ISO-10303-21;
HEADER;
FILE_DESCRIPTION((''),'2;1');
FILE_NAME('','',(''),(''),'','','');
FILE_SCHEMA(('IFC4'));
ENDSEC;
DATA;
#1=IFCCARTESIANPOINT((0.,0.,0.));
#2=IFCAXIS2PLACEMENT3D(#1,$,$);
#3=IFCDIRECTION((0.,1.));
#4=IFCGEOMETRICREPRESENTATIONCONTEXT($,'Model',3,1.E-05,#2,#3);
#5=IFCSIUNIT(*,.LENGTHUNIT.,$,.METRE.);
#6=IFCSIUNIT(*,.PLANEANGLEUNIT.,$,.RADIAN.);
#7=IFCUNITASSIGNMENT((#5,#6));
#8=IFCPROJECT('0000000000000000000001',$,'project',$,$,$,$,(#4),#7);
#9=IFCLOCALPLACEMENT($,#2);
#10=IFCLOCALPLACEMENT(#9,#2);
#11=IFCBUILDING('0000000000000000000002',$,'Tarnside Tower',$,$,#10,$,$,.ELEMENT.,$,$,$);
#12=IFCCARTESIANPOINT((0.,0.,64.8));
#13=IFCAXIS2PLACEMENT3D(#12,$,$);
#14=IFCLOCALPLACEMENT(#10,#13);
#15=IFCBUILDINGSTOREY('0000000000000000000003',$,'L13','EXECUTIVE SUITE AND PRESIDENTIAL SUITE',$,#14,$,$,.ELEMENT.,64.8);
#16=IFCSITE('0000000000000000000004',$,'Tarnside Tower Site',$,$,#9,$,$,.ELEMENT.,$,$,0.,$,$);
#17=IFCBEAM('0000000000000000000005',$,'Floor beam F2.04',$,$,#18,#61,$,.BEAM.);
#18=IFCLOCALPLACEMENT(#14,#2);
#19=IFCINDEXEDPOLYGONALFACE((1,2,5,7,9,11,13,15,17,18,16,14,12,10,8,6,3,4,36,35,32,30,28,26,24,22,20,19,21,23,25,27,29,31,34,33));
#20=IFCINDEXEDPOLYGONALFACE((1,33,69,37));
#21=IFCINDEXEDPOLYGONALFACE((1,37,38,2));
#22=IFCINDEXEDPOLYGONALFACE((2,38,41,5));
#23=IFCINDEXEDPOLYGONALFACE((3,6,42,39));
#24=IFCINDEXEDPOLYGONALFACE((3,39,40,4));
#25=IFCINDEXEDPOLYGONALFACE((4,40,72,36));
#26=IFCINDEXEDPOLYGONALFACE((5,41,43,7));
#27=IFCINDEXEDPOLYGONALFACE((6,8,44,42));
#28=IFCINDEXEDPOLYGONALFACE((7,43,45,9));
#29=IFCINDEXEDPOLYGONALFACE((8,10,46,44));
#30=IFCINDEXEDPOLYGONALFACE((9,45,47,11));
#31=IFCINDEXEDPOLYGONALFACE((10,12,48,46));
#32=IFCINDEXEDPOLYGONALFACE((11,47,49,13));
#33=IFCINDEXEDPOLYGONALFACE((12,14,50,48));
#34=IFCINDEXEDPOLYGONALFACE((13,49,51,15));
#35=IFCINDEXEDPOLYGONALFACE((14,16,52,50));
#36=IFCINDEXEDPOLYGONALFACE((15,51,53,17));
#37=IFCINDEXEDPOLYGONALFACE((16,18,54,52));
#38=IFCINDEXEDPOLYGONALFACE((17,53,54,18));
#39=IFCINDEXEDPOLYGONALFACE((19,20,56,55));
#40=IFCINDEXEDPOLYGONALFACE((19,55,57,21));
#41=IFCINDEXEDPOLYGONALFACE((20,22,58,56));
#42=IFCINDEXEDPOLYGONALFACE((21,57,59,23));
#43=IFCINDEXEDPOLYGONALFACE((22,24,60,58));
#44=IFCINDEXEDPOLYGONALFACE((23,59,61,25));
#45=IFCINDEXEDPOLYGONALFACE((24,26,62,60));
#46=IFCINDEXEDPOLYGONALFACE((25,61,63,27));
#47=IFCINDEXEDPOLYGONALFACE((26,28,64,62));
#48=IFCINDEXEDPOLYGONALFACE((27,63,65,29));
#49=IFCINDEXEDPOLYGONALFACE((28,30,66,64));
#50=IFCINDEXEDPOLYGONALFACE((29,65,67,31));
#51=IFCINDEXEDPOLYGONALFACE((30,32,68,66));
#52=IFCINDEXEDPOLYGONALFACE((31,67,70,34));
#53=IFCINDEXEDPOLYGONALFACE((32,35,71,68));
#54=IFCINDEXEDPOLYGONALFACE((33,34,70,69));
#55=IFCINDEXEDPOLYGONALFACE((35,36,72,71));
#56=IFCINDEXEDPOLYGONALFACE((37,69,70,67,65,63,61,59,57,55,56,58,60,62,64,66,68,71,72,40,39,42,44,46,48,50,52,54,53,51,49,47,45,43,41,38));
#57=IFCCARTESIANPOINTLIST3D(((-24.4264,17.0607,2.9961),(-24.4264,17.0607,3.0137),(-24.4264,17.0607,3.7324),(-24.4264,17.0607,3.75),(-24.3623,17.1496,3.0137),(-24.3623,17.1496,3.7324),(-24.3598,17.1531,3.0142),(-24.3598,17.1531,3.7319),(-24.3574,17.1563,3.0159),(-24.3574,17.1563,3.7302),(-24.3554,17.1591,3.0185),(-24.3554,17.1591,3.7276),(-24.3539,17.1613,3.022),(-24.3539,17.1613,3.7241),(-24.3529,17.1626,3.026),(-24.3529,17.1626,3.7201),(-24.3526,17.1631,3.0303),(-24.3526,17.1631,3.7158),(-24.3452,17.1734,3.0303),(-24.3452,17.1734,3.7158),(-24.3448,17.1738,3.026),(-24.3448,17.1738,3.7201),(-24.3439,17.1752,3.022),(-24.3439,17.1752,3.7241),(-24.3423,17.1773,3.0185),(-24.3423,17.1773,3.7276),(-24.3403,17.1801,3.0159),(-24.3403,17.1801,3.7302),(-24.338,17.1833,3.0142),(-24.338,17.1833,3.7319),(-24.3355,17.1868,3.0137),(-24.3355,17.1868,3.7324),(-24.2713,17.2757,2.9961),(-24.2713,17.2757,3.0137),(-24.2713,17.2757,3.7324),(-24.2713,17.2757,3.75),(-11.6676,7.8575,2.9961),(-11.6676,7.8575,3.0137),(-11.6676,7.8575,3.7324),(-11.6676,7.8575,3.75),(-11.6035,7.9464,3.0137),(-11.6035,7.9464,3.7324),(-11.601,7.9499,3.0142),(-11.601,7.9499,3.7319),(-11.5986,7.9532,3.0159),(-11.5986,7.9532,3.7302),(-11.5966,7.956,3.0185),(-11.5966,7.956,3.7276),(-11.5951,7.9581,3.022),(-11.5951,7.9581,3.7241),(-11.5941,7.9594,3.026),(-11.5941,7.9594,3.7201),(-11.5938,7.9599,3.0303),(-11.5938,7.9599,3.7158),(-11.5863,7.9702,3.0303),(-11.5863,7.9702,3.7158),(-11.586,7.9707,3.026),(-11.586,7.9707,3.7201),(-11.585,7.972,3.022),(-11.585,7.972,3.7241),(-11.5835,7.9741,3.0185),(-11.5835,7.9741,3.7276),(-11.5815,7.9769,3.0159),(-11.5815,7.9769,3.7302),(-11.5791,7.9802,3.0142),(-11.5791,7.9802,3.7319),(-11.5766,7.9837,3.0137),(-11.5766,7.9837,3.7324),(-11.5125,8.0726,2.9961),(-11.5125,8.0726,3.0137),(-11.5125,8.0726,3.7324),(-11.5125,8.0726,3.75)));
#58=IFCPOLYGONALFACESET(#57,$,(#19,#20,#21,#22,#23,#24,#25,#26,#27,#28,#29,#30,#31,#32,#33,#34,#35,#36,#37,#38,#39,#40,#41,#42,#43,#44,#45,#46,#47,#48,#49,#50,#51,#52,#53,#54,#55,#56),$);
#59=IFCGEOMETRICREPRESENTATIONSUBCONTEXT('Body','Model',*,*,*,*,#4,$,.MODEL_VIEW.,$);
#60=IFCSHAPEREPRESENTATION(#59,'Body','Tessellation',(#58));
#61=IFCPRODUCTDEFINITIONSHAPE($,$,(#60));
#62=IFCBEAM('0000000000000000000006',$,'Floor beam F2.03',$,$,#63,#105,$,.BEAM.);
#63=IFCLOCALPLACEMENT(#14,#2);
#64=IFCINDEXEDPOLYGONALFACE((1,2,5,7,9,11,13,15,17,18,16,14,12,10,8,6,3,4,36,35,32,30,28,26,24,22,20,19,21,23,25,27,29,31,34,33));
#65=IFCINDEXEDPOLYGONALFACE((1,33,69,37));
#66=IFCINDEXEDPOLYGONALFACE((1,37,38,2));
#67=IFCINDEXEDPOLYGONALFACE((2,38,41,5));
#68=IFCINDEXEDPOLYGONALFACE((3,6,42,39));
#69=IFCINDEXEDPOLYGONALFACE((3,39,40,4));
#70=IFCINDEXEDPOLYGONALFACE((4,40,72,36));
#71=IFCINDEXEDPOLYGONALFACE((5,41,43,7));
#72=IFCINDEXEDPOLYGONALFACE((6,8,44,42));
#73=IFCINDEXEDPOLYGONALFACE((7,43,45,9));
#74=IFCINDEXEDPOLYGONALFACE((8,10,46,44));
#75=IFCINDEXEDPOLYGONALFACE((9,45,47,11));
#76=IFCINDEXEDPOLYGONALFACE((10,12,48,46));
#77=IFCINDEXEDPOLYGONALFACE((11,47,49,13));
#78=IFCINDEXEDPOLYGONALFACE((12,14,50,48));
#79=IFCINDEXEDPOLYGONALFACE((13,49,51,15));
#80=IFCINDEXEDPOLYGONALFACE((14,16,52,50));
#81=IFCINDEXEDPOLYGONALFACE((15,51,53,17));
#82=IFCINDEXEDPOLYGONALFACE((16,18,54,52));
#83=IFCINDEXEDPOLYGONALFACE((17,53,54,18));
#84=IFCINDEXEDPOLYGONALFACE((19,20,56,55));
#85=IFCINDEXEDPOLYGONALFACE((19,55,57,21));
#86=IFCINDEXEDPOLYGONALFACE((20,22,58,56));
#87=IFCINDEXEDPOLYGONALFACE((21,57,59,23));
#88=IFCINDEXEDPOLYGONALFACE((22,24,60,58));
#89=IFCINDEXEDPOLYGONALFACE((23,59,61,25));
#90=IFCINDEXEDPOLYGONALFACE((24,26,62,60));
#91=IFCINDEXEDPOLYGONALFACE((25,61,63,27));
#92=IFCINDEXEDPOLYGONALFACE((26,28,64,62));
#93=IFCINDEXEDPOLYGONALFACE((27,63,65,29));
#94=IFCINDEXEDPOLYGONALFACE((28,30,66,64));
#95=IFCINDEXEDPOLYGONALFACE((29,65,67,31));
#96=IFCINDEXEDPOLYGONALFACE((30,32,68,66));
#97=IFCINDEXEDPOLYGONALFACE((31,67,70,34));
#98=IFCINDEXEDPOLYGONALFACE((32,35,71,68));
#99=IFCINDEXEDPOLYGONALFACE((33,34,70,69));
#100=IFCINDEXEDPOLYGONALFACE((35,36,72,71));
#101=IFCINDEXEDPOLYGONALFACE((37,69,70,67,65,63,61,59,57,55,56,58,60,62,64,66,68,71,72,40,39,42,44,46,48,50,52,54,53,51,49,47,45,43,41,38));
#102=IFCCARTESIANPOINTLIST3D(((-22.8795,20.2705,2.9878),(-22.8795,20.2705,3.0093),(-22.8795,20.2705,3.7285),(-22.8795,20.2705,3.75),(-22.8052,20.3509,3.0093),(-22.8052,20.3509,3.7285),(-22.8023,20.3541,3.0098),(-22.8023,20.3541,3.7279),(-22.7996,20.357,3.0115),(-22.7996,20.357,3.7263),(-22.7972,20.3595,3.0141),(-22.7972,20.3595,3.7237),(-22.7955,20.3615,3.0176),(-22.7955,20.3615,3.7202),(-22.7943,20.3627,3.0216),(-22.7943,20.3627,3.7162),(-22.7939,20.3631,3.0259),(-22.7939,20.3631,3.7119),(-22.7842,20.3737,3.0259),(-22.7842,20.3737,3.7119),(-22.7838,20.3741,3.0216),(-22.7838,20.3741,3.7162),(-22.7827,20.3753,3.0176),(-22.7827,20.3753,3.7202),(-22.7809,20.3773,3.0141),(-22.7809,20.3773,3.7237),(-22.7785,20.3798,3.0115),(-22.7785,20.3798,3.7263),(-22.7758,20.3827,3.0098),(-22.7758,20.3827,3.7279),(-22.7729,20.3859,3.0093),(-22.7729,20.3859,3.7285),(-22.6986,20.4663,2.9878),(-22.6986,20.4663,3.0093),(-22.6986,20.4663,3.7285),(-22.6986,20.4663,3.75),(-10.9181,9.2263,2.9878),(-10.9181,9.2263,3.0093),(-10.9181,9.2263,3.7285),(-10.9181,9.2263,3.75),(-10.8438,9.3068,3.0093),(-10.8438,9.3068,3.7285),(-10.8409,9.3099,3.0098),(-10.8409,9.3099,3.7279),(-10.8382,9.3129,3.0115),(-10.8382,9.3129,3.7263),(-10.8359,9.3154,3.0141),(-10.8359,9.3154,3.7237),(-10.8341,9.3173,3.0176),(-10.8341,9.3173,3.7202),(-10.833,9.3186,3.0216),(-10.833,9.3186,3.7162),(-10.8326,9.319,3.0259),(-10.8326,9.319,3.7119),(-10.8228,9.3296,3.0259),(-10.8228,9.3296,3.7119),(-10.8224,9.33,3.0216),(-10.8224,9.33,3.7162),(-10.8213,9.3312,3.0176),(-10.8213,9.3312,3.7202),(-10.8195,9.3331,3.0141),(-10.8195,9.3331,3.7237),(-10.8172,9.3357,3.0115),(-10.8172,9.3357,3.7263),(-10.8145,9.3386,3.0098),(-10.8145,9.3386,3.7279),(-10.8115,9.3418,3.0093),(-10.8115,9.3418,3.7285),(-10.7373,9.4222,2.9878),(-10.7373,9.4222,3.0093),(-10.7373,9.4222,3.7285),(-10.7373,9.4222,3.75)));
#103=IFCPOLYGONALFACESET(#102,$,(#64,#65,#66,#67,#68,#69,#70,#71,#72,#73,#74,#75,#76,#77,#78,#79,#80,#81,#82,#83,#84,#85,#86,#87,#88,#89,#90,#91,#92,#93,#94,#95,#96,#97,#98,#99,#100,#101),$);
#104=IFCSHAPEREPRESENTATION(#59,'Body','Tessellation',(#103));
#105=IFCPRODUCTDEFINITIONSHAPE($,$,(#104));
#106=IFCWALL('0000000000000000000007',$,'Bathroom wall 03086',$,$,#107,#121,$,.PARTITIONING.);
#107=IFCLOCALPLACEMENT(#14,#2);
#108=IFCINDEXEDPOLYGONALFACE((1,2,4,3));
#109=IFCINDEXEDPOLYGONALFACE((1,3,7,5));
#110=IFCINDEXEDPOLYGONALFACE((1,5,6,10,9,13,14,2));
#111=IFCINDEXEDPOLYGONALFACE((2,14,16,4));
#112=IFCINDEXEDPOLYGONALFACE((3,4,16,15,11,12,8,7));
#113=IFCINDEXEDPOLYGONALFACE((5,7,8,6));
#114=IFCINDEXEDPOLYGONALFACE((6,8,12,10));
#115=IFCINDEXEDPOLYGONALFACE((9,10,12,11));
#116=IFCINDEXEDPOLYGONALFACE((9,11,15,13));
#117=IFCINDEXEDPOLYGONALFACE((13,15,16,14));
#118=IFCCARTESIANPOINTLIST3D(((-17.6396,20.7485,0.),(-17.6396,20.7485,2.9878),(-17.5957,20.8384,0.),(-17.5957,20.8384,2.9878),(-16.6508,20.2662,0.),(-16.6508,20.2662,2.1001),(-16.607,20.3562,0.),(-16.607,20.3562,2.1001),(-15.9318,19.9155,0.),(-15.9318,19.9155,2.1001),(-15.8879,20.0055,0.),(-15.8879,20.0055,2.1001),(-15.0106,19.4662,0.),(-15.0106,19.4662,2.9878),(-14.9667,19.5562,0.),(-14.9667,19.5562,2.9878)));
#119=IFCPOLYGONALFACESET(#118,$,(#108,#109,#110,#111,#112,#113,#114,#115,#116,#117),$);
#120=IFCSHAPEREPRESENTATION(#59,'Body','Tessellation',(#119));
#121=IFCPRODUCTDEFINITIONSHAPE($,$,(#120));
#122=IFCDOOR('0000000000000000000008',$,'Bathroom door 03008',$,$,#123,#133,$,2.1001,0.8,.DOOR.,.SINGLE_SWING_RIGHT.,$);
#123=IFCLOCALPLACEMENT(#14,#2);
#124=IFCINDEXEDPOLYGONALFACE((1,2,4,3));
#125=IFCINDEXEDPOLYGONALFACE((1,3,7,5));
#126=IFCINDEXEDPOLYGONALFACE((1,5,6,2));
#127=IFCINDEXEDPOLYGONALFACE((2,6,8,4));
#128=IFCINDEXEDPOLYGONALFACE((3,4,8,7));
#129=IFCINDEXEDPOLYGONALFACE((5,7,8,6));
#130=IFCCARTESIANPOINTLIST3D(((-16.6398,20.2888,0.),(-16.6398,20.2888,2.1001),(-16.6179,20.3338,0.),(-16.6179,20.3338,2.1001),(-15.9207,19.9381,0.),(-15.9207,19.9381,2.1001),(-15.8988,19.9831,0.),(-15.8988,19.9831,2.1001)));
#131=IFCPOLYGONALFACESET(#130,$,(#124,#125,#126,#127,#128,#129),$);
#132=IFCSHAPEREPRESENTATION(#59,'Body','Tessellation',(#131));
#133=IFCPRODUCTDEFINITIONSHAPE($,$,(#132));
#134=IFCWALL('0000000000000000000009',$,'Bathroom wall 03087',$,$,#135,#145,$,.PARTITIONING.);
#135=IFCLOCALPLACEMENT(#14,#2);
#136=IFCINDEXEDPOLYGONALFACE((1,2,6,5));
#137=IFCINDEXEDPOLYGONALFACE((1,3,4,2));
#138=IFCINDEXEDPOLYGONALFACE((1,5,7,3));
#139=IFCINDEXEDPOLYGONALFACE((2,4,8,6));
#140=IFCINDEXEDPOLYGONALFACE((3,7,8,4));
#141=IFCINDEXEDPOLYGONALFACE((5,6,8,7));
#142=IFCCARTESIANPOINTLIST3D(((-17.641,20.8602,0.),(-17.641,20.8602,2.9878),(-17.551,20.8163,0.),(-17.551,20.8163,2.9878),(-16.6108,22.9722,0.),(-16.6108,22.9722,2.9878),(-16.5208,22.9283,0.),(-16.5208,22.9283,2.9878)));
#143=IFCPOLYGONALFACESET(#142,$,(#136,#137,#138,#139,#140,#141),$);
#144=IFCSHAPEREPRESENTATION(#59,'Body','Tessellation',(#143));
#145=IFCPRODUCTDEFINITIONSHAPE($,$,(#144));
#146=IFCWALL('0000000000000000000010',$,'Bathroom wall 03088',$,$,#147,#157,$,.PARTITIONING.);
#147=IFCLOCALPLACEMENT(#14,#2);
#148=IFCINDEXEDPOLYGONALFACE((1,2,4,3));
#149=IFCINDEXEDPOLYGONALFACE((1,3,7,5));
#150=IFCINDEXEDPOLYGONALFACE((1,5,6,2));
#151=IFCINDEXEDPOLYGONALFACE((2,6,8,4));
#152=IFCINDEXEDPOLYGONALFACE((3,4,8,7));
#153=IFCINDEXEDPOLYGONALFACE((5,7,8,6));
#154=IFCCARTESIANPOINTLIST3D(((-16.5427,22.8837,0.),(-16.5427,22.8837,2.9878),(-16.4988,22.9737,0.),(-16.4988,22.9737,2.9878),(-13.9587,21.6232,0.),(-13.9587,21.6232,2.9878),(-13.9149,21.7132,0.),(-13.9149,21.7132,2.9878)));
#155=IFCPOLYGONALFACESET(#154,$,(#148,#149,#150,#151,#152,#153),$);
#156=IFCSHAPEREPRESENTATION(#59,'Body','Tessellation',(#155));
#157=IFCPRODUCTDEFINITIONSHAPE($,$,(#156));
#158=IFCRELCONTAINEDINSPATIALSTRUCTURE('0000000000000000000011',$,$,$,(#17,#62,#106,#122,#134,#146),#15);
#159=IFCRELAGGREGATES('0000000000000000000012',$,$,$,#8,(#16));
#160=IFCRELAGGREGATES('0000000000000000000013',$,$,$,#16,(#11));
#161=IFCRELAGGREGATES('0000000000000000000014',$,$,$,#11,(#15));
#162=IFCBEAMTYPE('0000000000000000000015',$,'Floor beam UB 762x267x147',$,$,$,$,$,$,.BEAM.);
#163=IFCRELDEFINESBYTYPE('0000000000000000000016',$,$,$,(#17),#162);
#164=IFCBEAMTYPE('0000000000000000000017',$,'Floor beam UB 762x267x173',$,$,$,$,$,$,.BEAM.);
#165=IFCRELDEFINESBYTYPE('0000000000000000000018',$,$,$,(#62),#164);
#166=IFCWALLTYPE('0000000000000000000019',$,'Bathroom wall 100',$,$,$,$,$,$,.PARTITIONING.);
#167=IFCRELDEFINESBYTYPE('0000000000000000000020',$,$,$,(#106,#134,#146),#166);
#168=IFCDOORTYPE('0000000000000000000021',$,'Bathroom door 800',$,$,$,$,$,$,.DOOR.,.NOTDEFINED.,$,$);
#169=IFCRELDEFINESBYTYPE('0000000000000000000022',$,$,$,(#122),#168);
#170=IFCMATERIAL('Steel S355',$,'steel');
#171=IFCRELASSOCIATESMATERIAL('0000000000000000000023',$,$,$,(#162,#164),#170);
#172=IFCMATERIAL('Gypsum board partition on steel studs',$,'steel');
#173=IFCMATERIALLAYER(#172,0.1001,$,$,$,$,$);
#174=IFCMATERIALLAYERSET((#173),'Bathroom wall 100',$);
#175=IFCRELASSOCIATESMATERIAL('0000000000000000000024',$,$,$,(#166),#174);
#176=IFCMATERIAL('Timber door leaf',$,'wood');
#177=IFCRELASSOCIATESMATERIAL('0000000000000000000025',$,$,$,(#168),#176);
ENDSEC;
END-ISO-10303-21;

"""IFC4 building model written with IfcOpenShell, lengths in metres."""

from ifc_helpers import new_model, si_unit, direction, frame, frame_2d, origin, origin_2d, place, context, subcontext, project, spatial, rectangle, i_section, extrude, material, layer, layer_set, material_profile, profile_set, type_object, element, fill, save


model = new_model("IFC4")

# Units and contexts
model_context = context("Model", 3, precision=1e-05, world=origin(), true_north=direction((0.0, 1.0)))
body_context = subcontext(model_context, "Body", "Model", "MODEL_VIEW")
ifc_project = project(units=[si_unit("LENGTHUNIT", "METRE"), si_unit("PLANEANGLEUNIT", "RADIAN")], contexts=[model_context])

# Site, building, storey
site_placement = place(None, origin())
site = spatial("IfcSite", under=ifc_project, at=site_placement, Name="Tarnside Tower Site", CompositionType="ELEMENT", RefElevation=0.0)
building_placement = place(site_placement, origin())
building = spatial("IfcBuilding", under=site, at=building_placement, Name="Tarnside Tower", CompositionType="ELEMENT")
storey_placement = place(building_placement, frame((0.0, 0.0, 64.8)))
storey = spatial("IfcBuildingStorey", under=building, at=storey_placement, Name="L13", Description="EXECUTIVE SUITE AND PRESIDENTIAL SUITE", CompositionType="ELEMENT", Elevation=64.8)

# Beams
ifc_material_1 = material(Name="Steel S355", Category="steel")
ifc_material_profile_1 = material_profile(ifc_material_1, i_section(OverallWidth=0.2651, OverallDepth=0.7539, WebThickness=0.0127, FlangeThickness=0.0176, FilletRadius=0.0166, at=origin_2d()), Name="UB 762x267x147")
ifc_profile_set_1 = profile_set([ifc_material_profile_1], Name="Steel S355")
beam_type_1 = type_object("IfcBeamType", Name="Floor beam UB 762x267x147", PredefinedType="BEAM", material=ifc_profile_set_1)
beam_1_placement = place(storey_placement, frame((-24.3489, 17.1682, 3.373), z_axis=(0.811028, -0.585008, 0.0), x_axis=(0.585008, 0.811028, 0.0)))
element("IfcBeam", 1, at=beam_1_placement, inside=storey, type_object=beam_type_1, Name="Floor beam F2.04", PredefinedType="BEAM", context=body_context, shape_type="SweptSolid", body=[
    extrude(i_section(OverallWidth=0.2651, OverallDepth=0.7539, WebThickness=0.0127, FlangeThickness=0.0176, FilletRadius=0.0166, at=origin_2d()), origin(), (0.0, 0.0, 1.0), 15.7317),
])
ifc_material_profile_2 = material_profile(ifc_material_1, i_section(OverallWidth=0.2666, OverallDepth=0.7622, WebThickness=0.0144, FlangeThickness=0.0215, FilletRadius=0.0166, at=origin_2d()), Name="UB 762x267x173")
ifc_profile_set_2 = profile_set([ifc_material_profile_2], Name="Steel S355")
beam_type_2 = type_object("IfcBeamType", Name="Floor beam UB 762x267x173", PredefinedType="BEAM", material=ifc_profile_set_2)
beam_2_placement = place(storey_placement, frame((-22.7891, 20.3684, 3.3689), z_axis=(0.734715, -0.678375, 0.0), x_axis=(0.678375, 0.734715, 0.0)))
element("IfcBeam", 2, at=beam_2_placement, inside=storey, type_object=beam_type_2, Name="Floor beam F2.03", PredefinedType="BEAM", context=body_context, shape_type="SweptSolid", body=[
    extrude(i_section(OverallWidth=0.2666, OverallDepth=0.7622, WebThickness=0.0144, FlangeThickness=0.0215, FilletRadius=0.0166, at=origin_2d()), origin(), (0.0, 0.0, 1.0), 16.2803),
])

# Wall, opening, door
ifc_material_2 = material(Name="Gypsum board partition on steel studs", Category="steel")
ifc_layer_1 = layer(ifc_material_2, 0.1001)
ifc_layer_set_1 = layer_set([ifc_layer_1], Name="Bathroom wall 100")
wall_type_1 = type_object("IfcWallType", Name="Bathroom wall 100", PredefinedType="PARTITIONING", material=ifc_layer_set_1)
wall_1_placement = place(storey_placement, frame((-14.9888, 19.5112, 0.0), z_axis=(0.0, 0.0, 1.0), x_axis=(-0.898791, 0.438378, 0.0)))
wall_1 = element("IfcWall", 3, at=wall_1_placement, inside=storey, type_object=wall_type_1, Name="Bathroom wall 03086", PredefinedType="PARTITIONING", context=body_context, shape_type="SweptSolid", body=[
    extrude(rectangle(XDim=2.925, YDim=0.1001, at=frame_2d((1.4624, 0.0))), origin(), (0.0, 0.0, 1.0), 2.9878),
])
opening_1_placement = place(wall_1_placement, frame((1.0249, 0.0, 0.0)))
opening_1 = element("IfcOpeningElement", 4, at=opening_1_placement, cuts=wall_1, PredefinedType="OPENING", context=body_context, shape_type="SweptSolid", body=[
    extrude(rectangle(XDim=0.8, YDim=2.1001, at=frame_2d((0.3999, 1.05))), frame((0.0, 0.0601, 0.0), z_axis=(0.0, -1.0, 0.0), x_axis=(1.0, 0.0, 0.0)), (0.0, 0.0, 1.0), 0.1201),
])
ifc_material_3 = material(Name="Timber door leaf", Category="wood")
door_type_1 = type_object("IfcDoorType", Name="Bathroom door 800", OperationType="NOTDEFINED", PredefinedType="DOOR", material=ifc_material_3)
door_1_placement = place(opening_1_placement, origin())
door_1 = element("IfcDoor", 5, at=door_1_placement, inside=storey, type_object=door_type_1, Name="Bathroom door 03008", OperationType="SINGLE_SWING_RIGHT", OverallHeight=2.1001, OverallWidth=0.8, PredefinedType="DOOR", context=body_context, shape_type="SweptSolid", body=[
    extrude(rectangle(XDim=0.8, YDim=2.1001, at=frame_2d((0.3999, 1.05))), frame((0.0, 0.0249, 0.0), z_axis=(0.0, -1.0, 0.0), x_axis=(1.0, 0.0, 0.0)), (0.0, 0.0, 1.0), 0.05),
])
fill(opening_1, door_1)

# Walls
wall_2_placement = place(storey_placement, frame((-17.5959, 20.8384, 0.0), z_axis=(0.0, 0.0, 1.0), x_axis=(0.438424, 0.898768, 0.0)))
element("IfcWall", 6, at=wall_2_placement, inside=storey, type_object=wall_type_1, Name="Bathroom wall 03087", PredefinedType="PARTITIONING", context=body_context, shape_type="SweptSolid", body=[
    extrude(rectangle(XDim=2.3499, YDim=0.1001, at=frame_2d((1.1748, 0.0))), origin(), (0.0, 0.0, 1.0), 2.9878),
])
wall_3_placement = place(storey_placement, frame((-16.5208, 22.9287, 0.0), z_axis=(0.0, 0.0, 1.0), x_axis=(0.898766, -0.438429, 0.0)))
element("IfcWall", 7, at=wall_3_placement, inside=storey, type_object=wall_type_1, Name="Bathroom wall 03088", PredefinedType="PARTITIONING", context=body_context, shape_type="SweptSolid", body=[
    extrude(rectangle(XDim=2.875, YDim=0.1001, at=frame_2d((1.4375, 0.0))), origin(), (0.0, 0.0, 1.0), 2.9878),
])

save(model, "model.ifc")
